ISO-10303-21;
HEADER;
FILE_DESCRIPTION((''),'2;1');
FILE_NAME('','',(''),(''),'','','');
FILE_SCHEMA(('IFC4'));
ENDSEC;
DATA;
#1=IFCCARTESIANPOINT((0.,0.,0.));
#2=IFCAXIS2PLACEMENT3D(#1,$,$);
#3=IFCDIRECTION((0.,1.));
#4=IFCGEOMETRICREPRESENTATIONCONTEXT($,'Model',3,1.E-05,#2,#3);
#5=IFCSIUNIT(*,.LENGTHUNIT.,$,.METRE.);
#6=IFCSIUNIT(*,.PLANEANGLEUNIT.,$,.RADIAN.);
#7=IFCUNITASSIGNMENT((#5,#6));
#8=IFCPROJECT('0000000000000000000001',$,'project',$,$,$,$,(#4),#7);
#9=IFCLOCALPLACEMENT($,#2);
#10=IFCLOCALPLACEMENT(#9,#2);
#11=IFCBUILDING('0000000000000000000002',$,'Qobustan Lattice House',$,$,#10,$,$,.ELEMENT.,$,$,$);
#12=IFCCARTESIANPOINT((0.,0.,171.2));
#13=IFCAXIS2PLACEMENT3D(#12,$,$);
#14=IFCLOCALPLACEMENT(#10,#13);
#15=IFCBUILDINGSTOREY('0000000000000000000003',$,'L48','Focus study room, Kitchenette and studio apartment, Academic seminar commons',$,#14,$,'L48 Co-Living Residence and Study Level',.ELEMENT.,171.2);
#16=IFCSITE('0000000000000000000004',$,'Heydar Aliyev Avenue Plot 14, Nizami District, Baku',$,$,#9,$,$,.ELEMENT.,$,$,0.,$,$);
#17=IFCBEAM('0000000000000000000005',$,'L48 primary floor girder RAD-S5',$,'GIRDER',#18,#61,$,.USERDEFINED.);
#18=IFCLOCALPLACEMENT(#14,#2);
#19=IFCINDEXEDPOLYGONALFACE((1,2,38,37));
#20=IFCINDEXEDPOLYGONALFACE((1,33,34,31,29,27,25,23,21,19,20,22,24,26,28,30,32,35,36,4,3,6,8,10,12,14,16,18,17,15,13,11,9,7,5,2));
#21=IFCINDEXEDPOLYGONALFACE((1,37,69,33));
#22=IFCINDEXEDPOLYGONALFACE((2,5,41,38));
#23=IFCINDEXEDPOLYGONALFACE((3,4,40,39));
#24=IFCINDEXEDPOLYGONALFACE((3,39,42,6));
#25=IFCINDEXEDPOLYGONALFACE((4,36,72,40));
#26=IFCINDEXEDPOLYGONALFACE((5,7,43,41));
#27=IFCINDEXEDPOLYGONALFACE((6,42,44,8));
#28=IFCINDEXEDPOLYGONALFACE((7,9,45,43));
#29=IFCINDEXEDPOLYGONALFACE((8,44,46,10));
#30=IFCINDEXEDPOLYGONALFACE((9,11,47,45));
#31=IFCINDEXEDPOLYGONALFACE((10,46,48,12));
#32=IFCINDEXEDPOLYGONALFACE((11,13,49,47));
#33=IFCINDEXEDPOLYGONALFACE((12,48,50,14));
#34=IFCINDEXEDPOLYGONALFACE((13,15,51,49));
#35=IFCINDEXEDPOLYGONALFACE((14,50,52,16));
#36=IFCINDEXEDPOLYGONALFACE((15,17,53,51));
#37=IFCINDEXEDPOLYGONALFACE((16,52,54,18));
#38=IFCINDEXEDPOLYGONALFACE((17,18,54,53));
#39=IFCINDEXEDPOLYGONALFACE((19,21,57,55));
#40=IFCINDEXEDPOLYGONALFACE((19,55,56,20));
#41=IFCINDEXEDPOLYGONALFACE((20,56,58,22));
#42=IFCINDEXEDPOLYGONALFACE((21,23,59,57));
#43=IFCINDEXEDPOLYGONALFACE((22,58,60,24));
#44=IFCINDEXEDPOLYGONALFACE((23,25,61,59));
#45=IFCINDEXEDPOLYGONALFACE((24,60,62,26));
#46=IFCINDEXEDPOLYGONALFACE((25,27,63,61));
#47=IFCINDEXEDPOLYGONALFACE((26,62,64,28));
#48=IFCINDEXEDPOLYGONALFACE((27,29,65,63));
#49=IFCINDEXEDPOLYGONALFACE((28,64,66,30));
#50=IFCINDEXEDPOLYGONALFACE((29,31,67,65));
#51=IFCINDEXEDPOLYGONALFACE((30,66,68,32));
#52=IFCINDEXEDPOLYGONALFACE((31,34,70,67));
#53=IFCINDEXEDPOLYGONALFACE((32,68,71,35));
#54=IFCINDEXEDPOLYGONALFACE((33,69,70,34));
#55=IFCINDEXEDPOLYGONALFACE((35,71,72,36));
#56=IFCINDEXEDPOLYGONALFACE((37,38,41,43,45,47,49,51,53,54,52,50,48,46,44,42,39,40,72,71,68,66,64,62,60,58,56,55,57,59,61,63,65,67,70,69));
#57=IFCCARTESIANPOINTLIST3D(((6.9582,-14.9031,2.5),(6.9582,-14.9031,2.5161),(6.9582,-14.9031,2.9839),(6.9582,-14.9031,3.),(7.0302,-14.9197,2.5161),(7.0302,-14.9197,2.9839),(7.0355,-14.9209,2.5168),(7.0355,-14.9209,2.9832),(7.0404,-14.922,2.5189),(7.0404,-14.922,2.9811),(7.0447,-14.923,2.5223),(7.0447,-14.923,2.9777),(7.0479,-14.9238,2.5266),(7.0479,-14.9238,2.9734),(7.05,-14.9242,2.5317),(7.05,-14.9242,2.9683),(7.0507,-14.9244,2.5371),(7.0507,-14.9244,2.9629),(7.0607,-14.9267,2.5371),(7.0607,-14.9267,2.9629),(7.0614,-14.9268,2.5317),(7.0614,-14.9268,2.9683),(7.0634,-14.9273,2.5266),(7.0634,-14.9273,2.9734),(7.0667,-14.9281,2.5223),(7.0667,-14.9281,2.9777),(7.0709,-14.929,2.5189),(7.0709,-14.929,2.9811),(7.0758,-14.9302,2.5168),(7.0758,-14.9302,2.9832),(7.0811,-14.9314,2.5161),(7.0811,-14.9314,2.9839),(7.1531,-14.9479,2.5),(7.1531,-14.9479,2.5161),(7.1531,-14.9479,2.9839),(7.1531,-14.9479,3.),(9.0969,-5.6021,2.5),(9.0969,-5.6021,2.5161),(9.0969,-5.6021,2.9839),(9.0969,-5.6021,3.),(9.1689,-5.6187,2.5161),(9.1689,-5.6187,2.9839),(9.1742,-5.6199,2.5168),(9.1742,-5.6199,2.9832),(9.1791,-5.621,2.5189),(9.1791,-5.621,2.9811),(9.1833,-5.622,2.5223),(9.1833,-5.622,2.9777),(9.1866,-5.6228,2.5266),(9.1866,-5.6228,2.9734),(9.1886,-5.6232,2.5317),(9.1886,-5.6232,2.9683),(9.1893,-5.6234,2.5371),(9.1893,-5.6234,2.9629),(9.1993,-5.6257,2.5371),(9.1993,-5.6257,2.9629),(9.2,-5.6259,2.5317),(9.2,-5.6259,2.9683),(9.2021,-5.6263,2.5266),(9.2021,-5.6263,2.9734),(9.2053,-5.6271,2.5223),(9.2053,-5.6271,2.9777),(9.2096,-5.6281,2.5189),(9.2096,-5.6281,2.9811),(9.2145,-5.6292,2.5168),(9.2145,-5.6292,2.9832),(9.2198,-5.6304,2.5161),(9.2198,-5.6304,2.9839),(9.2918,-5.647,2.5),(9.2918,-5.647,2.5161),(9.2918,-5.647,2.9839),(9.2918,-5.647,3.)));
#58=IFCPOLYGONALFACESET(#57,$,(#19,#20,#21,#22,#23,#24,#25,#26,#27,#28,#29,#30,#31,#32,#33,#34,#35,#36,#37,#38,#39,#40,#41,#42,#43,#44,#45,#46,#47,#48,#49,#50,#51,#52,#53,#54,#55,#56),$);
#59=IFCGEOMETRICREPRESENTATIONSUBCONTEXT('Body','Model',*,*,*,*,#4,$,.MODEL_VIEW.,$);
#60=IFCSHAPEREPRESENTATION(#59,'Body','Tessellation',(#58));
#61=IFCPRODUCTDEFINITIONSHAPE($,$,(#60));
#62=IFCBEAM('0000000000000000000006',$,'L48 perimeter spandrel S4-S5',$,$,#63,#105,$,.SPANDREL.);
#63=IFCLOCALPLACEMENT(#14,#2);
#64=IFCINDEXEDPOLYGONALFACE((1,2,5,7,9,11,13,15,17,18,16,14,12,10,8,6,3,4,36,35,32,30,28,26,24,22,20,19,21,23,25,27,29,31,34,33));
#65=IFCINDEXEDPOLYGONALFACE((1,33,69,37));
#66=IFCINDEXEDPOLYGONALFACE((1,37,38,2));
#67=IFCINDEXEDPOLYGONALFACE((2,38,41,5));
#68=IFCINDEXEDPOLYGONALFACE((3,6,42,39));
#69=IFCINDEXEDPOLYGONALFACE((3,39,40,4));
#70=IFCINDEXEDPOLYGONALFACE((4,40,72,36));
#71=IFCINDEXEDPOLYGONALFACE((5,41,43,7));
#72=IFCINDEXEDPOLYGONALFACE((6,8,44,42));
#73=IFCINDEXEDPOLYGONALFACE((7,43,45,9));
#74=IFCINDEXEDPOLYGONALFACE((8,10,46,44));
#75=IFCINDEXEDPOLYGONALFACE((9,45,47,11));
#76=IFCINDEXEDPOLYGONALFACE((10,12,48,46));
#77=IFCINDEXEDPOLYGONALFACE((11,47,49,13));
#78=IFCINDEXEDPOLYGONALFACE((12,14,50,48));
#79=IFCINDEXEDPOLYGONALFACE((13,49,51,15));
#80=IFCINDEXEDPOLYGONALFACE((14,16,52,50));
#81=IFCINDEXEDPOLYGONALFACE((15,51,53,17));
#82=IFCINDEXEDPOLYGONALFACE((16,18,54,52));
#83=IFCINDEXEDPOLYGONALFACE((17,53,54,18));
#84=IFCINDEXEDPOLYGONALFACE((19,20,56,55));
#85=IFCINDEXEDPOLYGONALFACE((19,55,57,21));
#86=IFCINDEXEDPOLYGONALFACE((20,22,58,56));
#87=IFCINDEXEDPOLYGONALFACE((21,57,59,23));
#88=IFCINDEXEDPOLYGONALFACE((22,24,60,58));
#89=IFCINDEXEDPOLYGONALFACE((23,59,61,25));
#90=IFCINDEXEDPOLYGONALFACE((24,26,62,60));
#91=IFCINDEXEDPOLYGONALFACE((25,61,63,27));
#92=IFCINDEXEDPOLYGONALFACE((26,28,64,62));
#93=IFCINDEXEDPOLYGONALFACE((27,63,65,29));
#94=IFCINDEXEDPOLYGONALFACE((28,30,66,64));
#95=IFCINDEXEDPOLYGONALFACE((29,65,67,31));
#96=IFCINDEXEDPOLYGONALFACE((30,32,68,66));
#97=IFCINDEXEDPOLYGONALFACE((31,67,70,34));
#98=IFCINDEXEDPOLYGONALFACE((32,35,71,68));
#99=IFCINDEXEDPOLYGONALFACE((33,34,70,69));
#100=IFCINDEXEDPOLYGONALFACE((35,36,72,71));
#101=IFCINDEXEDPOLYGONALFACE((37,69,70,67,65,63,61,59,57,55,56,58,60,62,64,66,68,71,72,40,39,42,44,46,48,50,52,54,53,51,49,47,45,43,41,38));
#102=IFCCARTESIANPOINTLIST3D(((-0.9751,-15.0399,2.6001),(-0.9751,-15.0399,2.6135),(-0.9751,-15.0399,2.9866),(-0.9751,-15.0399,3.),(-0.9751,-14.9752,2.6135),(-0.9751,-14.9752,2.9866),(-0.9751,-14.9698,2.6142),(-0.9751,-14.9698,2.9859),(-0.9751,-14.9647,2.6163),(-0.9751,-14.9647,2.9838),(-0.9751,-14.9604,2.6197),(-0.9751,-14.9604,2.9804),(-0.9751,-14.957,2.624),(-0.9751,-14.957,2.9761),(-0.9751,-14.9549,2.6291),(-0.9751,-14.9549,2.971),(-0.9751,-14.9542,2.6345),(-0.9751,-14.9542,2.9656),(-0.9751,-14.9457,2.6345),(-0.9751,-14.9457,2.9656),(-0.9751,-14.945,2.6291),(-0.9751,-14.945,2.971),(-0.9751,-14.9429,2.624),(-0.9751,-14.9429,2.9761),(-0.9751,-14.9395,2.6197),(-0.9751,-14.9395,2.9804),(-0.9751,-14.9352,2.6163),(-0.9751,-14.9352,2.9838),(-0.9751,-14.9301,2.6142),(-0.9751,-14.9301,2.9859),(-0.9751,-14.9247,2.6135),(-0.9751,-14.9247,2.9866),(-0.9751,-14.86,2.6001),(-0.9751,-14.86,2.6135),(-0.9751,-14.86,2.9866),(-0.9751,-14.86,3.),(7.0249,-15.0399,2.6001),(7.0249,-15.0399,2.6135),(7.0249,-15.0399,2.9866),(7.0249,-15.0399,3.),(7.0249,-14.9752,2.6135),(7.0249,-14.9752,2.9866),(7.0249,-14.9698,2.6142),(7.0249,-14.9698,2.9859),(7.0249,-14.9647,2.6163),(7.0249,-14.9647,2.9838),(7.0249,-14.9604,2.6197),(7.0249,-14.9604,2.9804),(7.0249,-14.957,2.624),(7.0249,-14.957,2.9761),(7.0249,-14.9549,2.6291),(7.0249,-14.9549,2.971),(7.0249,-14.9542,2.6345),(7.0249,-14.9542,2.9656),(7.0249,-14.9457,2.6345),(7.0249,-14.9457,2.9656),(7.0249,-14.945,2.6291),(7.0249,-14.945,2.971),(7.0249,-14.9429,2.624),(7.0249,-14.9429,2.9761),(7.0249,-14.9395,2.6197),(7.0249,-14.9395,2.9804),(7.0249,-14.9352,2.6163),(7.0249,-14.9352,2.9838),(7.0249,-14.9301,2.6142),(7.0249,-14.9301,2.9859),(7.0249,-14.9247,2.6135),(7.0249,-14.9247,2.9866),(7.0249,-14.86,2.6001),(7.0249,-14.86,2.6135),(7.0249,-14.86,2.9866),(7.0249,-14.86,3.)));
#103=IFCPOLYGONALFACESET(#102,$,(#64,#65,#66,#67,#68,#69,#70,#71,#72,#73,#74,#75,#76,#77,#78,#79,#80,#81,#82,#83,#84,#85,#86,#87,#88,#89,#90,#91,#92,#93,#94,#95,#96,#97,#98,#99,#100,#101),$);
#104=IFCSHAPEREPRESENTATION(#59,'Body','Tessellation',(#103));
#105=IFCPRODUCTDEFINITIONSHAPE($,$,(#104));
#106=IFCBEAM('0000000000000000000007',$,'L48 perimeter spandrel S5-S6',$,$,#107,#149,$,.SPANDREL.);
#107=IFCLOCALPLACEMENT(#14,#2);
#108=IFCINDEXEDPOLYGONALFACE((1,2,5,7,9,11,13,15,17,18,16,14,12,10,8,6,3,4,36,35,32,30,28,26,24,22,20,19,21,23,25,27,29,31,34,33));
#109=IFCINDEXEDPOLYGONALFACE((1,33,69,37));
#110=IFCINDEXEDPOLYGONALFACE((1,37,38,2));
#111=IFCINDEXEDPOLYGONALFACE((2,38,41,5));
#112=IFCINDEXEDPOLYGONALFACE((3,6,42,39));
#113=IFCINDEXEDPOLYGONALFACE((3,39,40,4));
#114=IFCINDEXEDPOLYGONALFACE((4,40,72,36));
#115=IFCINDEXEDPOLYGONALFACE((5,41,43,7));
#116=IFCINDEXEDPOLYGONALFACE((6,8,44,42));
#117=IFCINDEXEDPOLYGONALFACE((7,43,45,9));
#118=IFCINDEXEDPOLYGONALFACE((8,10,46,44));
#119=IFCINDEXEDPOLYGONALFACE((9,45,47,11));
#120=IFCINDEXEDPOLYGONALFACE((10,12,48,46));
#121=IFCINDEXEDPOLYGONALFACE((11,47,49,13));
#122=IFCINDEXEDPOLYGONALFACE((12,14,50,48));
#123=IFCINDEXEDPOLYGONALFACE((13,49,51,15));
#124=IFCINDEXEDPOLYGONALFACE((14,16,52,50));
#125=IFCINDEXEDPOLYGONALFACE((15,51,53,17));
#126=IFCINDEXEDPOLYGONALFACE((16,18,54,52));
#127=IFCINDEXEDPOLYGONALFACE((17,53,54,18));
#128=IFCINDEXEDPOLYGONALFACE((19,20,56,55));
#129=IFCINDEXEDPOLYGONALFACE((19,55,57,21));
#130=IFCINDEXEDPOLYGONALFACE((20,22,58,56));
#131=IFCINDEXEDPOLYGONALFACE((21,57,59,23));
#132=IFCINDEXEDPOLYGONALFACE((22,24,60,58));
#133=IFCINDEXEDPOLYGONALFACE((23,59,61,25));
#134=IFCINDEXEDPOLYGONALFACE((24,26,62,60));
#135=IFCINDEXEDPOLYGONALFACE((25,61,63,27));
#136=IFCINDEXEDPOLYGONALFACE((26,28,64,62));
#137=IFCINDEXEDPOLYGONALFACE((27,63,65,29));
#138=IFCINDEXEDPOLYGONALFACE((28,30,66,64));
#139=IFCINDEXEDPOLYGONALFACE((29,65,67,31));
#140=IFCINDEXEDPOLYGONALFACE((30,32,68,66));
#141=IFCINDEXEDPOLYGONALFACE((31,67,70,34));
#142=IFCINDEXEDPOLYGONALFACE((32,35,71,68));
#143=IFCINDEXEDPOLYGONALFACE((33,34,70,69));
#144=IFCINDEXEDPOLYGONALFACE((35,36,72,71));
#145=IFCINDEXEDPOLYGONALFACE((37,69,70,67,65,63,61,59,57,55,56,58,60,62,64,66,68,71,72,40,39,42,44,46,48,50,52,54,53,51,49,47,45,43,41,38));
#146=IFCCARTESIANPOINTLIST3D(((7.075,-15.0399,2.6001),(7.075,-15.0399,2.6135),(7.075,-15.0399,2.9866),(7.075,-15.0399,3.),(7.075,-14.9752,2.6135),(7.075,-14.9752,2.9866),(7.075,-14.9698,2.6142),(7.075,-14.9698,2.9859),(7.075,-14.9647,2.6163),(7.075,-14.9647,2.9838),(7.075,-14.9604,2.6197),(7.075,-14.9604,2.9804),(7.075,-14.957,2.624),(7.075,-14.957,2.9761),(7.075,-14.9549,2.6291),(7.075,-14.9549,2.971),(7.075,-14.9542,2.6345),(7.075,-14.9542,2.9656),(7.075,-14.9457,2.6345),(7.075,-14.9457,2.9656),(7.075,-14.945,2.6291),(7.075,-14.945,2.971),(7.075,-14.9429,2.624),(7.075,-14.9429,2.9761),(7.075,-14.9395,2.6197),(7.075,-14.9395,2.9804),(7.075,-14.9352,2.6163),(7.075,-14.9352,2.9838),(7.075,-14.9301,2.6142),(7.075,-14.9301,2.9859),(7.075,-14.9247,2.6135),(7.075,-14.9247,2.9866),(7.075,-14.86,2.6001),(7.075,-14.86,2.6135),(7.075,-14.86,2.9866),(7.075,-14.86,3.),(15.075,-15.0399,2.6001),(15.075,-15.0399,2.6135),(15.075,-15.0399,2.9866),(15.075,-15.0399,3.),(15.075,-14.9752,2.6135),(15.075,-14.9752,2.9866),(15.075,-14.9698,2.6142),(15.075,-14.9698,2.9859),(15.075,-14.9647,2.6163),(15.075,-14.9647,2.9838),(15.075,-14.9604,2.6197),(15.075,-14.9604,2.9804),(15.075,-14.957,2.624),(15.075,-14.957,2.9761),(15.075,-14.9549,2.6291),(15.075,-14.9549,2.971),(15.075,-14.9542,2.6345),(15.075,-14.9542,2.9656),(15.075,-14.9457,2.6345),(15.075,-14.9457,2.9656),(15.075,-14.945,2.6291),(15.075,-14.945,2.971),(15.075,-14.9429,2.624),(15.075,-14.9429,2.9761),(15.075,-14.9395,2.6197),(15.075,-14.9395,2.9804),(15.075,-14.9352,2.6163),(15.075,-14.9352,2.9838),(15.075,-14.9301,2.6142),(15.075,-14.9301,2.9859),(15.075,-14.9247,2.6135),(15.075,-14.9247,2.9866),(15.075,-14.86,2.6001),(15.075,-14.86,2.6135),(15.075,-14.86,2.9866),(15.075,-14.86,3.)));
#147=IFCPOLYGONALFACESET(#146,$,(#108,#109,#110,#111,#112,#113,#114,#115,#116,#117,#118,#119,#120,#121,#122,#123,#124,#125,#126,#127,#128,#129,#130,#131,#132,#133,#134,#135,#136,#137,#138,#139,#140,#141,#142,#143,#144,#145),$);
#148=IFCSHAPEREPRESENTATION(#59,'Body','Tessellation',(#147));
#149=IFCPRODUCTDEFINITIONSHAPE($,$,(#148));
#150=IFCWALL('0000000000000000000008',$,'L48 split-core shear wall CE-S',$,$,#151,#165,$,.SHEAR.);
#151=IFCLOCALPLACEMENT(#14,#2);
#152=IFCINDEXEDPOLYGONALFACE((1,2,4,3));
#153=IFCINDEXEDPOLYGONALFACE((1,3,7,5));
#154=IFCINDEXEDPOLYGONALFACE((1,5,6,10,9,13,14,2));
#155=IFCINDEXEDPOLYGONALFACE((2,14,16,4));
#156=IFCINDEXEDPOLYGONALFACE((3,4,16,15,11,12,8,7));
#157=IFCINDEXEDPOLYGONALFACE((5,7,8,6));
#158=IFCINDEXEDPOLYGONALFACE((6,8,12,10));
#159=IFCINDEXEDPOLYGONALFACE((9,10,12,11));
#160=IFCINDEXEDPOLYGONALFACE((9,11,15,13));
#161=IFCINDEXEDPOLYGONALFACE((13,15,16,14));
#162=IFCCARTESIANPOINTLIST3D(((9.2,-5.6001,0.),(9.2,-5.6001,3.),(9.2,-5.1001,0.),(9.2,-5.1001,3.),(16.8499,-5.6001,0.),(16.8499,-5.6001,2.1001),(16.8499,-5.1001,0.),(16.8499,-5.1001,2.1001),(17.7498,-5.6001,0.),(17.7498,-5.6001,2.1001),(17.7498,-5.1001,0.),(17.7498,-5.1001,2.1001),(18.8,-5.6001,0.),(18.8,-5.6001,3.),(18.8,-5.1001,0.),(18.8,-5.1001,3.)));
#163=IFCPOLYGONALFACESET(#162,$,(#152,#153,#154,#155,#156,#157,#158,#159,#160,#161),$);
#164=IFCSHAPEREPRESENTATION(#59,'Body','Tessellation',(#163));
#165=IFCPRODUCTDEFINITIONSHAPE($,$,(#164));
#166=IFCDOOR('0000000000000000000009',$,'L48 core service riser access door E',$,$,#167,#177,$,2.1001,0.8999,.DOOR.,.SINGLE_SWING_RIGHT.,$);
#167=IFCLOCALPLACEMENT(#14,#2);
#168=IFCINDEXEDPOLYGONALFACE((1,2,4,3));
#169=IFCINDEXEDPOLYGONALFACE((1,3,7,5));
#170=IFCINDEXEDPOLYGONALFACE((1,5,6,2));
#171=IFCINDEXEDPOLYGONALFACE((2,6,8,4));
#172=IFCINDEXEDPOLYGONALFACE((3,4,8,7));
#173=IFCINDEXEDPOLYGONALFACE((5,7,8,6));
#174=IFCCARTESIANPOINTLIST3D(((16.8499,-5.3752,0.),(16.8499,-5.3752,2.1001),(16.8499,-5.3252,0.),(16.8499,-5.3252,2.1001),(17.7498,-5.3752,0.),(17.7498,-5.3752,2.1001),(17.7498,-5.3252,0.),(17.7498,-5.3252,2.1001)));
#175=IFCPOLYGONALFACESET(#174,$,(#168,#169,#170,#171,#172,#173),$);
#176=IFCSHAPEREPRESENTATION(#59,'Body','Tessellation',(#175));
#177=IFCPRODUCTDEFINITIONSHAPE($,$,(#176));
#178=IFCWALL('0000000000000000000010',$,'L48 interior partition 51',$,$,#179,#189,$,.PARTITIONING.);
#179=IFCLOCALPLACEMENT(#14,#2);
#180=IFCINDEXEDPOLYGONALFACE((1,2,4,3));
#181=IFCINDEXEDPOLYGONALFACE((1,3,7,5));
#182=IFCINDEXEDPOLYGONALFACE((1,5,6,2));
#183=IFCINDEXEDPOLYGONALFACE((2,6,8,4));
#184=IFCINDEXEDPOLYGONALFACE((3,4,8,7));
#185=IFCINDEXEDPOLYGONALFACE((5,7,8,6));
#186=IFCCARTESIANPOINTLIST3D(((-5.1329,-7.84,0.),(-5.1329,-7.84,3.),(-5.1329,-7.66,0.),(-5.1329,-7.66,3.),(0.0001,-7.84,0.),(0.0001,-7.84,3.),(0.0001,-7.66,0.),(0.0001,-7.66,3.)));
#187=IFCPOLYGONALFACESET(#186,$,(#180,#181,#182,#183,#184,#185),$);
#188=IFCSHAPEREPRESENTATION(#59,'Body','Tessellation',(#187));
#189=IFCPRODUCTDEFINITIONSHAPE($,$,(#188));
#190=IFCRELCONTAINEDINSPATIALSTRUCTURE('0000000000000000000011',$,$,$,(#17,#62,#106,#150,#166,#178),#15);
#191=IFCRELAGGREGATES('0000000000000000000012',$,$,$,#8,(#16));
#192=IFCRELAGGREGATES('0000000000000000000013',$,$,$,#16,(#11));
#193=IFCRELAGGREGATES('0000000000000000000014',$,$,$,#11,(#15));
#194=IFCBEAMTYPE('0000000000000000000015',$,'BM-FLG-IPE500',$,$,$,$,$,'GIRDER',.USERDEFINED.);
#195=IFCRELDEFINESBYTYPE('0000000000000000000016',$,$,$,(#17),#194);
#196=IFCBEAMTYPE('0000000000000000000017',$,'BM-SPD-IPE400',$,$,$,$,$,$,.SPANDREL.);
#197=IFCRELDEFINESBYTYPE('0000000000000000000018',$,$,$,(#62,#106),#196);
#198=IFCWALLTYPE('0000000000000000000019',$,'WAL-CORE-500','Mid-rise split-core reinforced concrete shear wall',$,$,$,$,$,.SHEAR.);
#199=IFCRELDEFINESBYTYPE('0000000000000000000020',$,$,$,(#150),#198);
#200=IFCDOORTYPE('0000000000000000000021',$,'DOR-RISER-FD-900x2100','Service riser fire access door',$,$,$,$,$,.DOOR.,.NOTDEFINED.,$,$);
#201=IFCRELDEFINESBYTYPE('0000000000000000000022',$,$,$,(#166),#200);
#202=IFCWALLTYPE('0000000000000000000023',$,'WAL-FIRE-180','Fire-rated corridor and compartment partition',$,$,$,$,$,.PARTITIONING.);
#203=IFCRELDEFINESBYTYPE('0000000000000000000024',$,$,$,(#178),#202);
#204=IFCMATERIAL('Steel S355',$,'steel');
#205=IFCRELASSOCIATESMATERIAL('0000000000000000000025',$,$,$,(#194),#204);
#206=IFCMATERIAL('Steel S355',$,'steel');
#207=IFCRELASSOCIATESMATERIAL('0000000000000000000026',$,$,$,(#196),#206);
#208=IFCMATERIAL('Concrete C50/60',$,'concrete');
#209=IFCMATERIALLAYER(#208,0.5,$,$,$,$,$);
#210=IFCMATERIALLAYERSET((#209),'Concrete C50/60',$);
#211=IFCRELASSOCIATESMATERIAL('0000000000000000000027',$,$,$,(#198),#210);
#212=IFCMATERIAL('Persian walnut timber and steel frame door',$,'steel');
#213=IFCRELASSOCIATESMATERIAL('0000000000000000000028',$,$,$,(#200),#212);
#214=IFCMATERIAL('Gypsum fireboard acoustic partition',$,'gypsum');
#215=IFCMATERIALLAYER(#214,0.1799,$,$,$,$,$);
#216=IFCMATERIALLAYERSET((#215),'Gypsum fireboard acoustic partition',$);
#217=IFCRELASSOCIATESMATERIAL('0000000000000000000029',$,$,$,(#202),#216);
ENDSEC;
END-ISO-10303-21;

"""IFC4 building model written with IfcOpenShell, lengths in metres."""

from ifc_helpers import new_model, si_unit, direction, frame, frame_2d, origin, origin_2d, place, context, subcontext, project, spatial, rectangle, i_section, extrude, material, layer, layer_set, material_profile, profile_set, type_object, element, fill, save


model = new_model("IFC4")

# Units and contexts
model_context = context("Model", 3, precision=1e-05, world=origin(), true_north=direction((0.0, 1.0)))
body_context = subcontext(model_context, "Body", "Model", "MODEL_VIEW")
ifc_project = project(units=[si_unit("LENGTHUNIT", "METRE"), si_unit("PLANEANGLEUNIT", "RADIAN")], contexts=[model_context])

# Site, building, storey
site_placement = place(None, origin())
site = spatial("IfcSite", under=ifc_project, at=site_placement, Name="Heydar Aliyev Avenue Plot 14, Nizami District, Baku", CompositionType="ELEMENT", RefElevation=0.0)
building_placement = place(site_placement, origin())
building = spatial("IfcBuilding", under=site, at=building_placement, Name="Qobustan Lattice House", CompositionType="ELEMENT")
storey_placement = place(building_placement, frame((0.0, 0.0, 171.2)))
storey = spatial("IfcBuildingStorey", under=building, at=storey_placement, Name="L48", Description="Focus study room, Kitchenette and studio apartment, Academic seminar commons", LongName="L48 Co-Living Residence and Study Level", CompositionType="ELEMENT", Elevation=171.2)

# Beams
ifc_material_1 = material(Name="Steel S355", Category="steel")
ifc_material_profile_1 = material_profile(ifc_material_1, i_section(OverallWidth=0.2, OverallDepth=0.5, WebThickness=0.0103, FlangeThickness=0.0161, FilletRadius=0.021, at=origin_2d()), Name="IPE500")
ifc_profile_set_1 = profile_set([ifc_material_profile_1], Name="Steel S355")
beam_type_1 = type_object("IfcBeamType", Name="BM-FLG-IPE500", ElementType="GIRDER", PredefinedType="USERDEFINED", material=ifc_profile_set_1)
beam_1_placement = place(storey_placement, frame((7.0557, -14.9255, 2.75), z_axis=(0.224092, 0.974568, 0.0), x_axis=(-0.974568, 0.224092, 0.0)))
element("IfcBeam", 1, at=beam_1_placement, inside=storey, type_object=beam_type_1, Name="L48 primary floor girder RAD-S5", ObjectType="GIRDER", PredefinedType="USERDEFINED", context=body_context, shape_type="SweptSolid", body=[
    extrude(i_section(OverallWidth=0.2, OverallDepth=0.5, WebThickness=0.0103, FlangeThickness=0.0161, FilletRadius=0.021, at=origin_2d()), origin(), (0.0, 0.0, 1.0), 9.5437),
])
ifc_material_2 = material(Name="Steel S355", Category="steel")
ifc_material_profile_2 = material_profile(ifc_material_2, i_section(OverallWidth=0.1799, OverallDepth=0.3999, WebThickness=0.0085, FlangeThickness=0.0134, FilletRadius=0.021, at=origin_2d()), Name="IPE400")
ifc_profile_set_2 = profile_set([ifc_material_profile_2], Name="Steel S355")
beam_type_2 = type_object("IfcBeamType", Name="BM-SPD-IPE400", PredefinedType="SPANDREL", material=ifc_profile_set_2)
for number, where, z_axis, x_axis, name in (
    (2, (-0.9751, -14.95, 2.8), (1.0, 0.0, 0.0), (0.0, 1.0, 0.0), "L48 perimeter spandrel S4-S5"),
    (3, (7.075, -14.95, 2.8), (1.0, 0.0, 0.0), (0.0, 1.0, 0.0), "L48 perimeter spandrel S5-S6"),
):
    element("IfcBeam", number, at=place(storey_placement, frame(where, z_axis=z_axis, x_axis=x_axis)), inside=storey, type_object=beam_type_2, Name=name, PredefinedType="SPANDREL", context=body_context, shape_type="SweptSolid", body=[
        extrude(i_section(OverallWidth=0.1799, OverallDepth=0.3999, WebThickness=0.0085, FlangeThickness=0.0134, FilletRadius=0.021, at=origin_2d()), origin(), (0.0, 0.0, 1.0), 8.0),
    ])

# Wall, opening, door
ifc_material_3 = material(Name="Concrete C50/60", Category="concrete")
ifc_layer_1 = layer(ifc_material_3, 0.5)
ifc_layer_set_1 = layer_set([ifc_layer_1], Name="Concrete C50/60")
wall_type_1 = type_object("IfcWallType", Name="WAL-CORE-500", Description="Mid-rise split-core reinforced concrete shear wall", PredefinedType="SHEAR", material=ifc_layer_set_1)
wall_1_placement = place(storey_placement, frame((9.2, -5.3501, 0.0), z_axis=(0.0, 0.0, 1.0), x_axis=(1.0, 0.0, 0.0)))
wall_1 = element("IfcWall", 4, at=wall_1_placement, inside=storey, type_object=wall_type_1, Name="L48 split-core shear wall CE-S", PredefinedType="SHEAR", context=body_context, shape_type="SweptSolid", body=[
    extrude(rectangle(XDim=9.6001, YDim=0.5, at=frame_2d((4.8, 0.0))), origin(), (0.0, 0.0, 1.0), 3.0),
])
opening_1_placement = place(wall_1_placement, frame((7.6499, 0.0, 0.0)))
opening_1 = element("IfcOpeningElement", 5, at=opening_1_placement, cuts=wall_1, PredefinedType="OPENING", context=body_context, shape_type="SweptSolid", body=[
    extrude(rectangle(XDim=0.8999, YDim=2.1001, at=frame_2d((0.45, 1.05))), frame((0.0, 0.26, 0.0), z_axis=(0.0, -1.0, 0.0), x_axis=(1.0, 0.0, 0.0)), (0.0, 0.0, 1.0), 0.52),
])
ifc_material_4 = material(Name="Persian walnut timber and steel frame door", Category="steel")
door_type_1 = type_object("IfcDoorType", Name="DOR-RISER-FD-900x2100", Description="Service riser fire access door", OperationType="NOTDEFINED", PredefinedType="DOOR", material=ifc_material_4)
door_1_placement = place(opening_1_placement, origin())
door_1 = element("IfcDoor", 6, at=door_1_placement, inside=storey, type_object=door_type_1, Name="L48 core service riser access door E", OperationType="SINGLE_SWING_RIGHT", OverallHeight=2.1001, OverallWidth=0.8999, PredefinedType="DOOR", context=body_context, shape_type="SweptSolid", body=[
    extrude(rectangle(XDim=0.8999, YDim=2.1001, at=frame_2d((0.45, 1.05))), frame((0.0, 0.0249, 0.0), z_axis=(0.0, -1.0, 0.0), x_axis=(1.0, 0.0, 0.0)), (0.0, 0.0, 1.0), 0.05),
])
fill(opening_1, door_1)

# Wall
ifc_material_5 = material(Name="Gypsum fireboard acoustic partition", Category="gypsum")
ifc_layer_2 = layer(ifc_material_5, 0.1799)
ifc_layer_set_2 = layer_set([ifc_layer_2], Name="Gypsum fireboard acoustic partition")
wall_type_2 = type_object("IfcWallType", Name="WAL-FIRE-180", Description="Fire-rated corridor and compartment partition", PredefinedType="PARTITIONING", material=ifc_layer_set_2)
wall_2_placement = place(storey_placement, frame((0.0, -7.75, 0.0), z_axis=(0.0, 0.0, 1.0), x_axis=(-1.0, 0.0, 0.0)))
element("IfcWall", 7, at=wall_2_placement, inside=storey, type_object=wall_type_2, Name="L48 interior partition 51", PredefinedType="PARTITIONING", context=body_context, shape_type="SweptSolid", body=[
    extrude(rectangle(XDim=5.1331, YDim=0.1799, at=frame_2d((2.5664, 0.0))), origin(), (0.0, 0.0, 1.0), 3.0),
])

save(model, "model.ifc")
